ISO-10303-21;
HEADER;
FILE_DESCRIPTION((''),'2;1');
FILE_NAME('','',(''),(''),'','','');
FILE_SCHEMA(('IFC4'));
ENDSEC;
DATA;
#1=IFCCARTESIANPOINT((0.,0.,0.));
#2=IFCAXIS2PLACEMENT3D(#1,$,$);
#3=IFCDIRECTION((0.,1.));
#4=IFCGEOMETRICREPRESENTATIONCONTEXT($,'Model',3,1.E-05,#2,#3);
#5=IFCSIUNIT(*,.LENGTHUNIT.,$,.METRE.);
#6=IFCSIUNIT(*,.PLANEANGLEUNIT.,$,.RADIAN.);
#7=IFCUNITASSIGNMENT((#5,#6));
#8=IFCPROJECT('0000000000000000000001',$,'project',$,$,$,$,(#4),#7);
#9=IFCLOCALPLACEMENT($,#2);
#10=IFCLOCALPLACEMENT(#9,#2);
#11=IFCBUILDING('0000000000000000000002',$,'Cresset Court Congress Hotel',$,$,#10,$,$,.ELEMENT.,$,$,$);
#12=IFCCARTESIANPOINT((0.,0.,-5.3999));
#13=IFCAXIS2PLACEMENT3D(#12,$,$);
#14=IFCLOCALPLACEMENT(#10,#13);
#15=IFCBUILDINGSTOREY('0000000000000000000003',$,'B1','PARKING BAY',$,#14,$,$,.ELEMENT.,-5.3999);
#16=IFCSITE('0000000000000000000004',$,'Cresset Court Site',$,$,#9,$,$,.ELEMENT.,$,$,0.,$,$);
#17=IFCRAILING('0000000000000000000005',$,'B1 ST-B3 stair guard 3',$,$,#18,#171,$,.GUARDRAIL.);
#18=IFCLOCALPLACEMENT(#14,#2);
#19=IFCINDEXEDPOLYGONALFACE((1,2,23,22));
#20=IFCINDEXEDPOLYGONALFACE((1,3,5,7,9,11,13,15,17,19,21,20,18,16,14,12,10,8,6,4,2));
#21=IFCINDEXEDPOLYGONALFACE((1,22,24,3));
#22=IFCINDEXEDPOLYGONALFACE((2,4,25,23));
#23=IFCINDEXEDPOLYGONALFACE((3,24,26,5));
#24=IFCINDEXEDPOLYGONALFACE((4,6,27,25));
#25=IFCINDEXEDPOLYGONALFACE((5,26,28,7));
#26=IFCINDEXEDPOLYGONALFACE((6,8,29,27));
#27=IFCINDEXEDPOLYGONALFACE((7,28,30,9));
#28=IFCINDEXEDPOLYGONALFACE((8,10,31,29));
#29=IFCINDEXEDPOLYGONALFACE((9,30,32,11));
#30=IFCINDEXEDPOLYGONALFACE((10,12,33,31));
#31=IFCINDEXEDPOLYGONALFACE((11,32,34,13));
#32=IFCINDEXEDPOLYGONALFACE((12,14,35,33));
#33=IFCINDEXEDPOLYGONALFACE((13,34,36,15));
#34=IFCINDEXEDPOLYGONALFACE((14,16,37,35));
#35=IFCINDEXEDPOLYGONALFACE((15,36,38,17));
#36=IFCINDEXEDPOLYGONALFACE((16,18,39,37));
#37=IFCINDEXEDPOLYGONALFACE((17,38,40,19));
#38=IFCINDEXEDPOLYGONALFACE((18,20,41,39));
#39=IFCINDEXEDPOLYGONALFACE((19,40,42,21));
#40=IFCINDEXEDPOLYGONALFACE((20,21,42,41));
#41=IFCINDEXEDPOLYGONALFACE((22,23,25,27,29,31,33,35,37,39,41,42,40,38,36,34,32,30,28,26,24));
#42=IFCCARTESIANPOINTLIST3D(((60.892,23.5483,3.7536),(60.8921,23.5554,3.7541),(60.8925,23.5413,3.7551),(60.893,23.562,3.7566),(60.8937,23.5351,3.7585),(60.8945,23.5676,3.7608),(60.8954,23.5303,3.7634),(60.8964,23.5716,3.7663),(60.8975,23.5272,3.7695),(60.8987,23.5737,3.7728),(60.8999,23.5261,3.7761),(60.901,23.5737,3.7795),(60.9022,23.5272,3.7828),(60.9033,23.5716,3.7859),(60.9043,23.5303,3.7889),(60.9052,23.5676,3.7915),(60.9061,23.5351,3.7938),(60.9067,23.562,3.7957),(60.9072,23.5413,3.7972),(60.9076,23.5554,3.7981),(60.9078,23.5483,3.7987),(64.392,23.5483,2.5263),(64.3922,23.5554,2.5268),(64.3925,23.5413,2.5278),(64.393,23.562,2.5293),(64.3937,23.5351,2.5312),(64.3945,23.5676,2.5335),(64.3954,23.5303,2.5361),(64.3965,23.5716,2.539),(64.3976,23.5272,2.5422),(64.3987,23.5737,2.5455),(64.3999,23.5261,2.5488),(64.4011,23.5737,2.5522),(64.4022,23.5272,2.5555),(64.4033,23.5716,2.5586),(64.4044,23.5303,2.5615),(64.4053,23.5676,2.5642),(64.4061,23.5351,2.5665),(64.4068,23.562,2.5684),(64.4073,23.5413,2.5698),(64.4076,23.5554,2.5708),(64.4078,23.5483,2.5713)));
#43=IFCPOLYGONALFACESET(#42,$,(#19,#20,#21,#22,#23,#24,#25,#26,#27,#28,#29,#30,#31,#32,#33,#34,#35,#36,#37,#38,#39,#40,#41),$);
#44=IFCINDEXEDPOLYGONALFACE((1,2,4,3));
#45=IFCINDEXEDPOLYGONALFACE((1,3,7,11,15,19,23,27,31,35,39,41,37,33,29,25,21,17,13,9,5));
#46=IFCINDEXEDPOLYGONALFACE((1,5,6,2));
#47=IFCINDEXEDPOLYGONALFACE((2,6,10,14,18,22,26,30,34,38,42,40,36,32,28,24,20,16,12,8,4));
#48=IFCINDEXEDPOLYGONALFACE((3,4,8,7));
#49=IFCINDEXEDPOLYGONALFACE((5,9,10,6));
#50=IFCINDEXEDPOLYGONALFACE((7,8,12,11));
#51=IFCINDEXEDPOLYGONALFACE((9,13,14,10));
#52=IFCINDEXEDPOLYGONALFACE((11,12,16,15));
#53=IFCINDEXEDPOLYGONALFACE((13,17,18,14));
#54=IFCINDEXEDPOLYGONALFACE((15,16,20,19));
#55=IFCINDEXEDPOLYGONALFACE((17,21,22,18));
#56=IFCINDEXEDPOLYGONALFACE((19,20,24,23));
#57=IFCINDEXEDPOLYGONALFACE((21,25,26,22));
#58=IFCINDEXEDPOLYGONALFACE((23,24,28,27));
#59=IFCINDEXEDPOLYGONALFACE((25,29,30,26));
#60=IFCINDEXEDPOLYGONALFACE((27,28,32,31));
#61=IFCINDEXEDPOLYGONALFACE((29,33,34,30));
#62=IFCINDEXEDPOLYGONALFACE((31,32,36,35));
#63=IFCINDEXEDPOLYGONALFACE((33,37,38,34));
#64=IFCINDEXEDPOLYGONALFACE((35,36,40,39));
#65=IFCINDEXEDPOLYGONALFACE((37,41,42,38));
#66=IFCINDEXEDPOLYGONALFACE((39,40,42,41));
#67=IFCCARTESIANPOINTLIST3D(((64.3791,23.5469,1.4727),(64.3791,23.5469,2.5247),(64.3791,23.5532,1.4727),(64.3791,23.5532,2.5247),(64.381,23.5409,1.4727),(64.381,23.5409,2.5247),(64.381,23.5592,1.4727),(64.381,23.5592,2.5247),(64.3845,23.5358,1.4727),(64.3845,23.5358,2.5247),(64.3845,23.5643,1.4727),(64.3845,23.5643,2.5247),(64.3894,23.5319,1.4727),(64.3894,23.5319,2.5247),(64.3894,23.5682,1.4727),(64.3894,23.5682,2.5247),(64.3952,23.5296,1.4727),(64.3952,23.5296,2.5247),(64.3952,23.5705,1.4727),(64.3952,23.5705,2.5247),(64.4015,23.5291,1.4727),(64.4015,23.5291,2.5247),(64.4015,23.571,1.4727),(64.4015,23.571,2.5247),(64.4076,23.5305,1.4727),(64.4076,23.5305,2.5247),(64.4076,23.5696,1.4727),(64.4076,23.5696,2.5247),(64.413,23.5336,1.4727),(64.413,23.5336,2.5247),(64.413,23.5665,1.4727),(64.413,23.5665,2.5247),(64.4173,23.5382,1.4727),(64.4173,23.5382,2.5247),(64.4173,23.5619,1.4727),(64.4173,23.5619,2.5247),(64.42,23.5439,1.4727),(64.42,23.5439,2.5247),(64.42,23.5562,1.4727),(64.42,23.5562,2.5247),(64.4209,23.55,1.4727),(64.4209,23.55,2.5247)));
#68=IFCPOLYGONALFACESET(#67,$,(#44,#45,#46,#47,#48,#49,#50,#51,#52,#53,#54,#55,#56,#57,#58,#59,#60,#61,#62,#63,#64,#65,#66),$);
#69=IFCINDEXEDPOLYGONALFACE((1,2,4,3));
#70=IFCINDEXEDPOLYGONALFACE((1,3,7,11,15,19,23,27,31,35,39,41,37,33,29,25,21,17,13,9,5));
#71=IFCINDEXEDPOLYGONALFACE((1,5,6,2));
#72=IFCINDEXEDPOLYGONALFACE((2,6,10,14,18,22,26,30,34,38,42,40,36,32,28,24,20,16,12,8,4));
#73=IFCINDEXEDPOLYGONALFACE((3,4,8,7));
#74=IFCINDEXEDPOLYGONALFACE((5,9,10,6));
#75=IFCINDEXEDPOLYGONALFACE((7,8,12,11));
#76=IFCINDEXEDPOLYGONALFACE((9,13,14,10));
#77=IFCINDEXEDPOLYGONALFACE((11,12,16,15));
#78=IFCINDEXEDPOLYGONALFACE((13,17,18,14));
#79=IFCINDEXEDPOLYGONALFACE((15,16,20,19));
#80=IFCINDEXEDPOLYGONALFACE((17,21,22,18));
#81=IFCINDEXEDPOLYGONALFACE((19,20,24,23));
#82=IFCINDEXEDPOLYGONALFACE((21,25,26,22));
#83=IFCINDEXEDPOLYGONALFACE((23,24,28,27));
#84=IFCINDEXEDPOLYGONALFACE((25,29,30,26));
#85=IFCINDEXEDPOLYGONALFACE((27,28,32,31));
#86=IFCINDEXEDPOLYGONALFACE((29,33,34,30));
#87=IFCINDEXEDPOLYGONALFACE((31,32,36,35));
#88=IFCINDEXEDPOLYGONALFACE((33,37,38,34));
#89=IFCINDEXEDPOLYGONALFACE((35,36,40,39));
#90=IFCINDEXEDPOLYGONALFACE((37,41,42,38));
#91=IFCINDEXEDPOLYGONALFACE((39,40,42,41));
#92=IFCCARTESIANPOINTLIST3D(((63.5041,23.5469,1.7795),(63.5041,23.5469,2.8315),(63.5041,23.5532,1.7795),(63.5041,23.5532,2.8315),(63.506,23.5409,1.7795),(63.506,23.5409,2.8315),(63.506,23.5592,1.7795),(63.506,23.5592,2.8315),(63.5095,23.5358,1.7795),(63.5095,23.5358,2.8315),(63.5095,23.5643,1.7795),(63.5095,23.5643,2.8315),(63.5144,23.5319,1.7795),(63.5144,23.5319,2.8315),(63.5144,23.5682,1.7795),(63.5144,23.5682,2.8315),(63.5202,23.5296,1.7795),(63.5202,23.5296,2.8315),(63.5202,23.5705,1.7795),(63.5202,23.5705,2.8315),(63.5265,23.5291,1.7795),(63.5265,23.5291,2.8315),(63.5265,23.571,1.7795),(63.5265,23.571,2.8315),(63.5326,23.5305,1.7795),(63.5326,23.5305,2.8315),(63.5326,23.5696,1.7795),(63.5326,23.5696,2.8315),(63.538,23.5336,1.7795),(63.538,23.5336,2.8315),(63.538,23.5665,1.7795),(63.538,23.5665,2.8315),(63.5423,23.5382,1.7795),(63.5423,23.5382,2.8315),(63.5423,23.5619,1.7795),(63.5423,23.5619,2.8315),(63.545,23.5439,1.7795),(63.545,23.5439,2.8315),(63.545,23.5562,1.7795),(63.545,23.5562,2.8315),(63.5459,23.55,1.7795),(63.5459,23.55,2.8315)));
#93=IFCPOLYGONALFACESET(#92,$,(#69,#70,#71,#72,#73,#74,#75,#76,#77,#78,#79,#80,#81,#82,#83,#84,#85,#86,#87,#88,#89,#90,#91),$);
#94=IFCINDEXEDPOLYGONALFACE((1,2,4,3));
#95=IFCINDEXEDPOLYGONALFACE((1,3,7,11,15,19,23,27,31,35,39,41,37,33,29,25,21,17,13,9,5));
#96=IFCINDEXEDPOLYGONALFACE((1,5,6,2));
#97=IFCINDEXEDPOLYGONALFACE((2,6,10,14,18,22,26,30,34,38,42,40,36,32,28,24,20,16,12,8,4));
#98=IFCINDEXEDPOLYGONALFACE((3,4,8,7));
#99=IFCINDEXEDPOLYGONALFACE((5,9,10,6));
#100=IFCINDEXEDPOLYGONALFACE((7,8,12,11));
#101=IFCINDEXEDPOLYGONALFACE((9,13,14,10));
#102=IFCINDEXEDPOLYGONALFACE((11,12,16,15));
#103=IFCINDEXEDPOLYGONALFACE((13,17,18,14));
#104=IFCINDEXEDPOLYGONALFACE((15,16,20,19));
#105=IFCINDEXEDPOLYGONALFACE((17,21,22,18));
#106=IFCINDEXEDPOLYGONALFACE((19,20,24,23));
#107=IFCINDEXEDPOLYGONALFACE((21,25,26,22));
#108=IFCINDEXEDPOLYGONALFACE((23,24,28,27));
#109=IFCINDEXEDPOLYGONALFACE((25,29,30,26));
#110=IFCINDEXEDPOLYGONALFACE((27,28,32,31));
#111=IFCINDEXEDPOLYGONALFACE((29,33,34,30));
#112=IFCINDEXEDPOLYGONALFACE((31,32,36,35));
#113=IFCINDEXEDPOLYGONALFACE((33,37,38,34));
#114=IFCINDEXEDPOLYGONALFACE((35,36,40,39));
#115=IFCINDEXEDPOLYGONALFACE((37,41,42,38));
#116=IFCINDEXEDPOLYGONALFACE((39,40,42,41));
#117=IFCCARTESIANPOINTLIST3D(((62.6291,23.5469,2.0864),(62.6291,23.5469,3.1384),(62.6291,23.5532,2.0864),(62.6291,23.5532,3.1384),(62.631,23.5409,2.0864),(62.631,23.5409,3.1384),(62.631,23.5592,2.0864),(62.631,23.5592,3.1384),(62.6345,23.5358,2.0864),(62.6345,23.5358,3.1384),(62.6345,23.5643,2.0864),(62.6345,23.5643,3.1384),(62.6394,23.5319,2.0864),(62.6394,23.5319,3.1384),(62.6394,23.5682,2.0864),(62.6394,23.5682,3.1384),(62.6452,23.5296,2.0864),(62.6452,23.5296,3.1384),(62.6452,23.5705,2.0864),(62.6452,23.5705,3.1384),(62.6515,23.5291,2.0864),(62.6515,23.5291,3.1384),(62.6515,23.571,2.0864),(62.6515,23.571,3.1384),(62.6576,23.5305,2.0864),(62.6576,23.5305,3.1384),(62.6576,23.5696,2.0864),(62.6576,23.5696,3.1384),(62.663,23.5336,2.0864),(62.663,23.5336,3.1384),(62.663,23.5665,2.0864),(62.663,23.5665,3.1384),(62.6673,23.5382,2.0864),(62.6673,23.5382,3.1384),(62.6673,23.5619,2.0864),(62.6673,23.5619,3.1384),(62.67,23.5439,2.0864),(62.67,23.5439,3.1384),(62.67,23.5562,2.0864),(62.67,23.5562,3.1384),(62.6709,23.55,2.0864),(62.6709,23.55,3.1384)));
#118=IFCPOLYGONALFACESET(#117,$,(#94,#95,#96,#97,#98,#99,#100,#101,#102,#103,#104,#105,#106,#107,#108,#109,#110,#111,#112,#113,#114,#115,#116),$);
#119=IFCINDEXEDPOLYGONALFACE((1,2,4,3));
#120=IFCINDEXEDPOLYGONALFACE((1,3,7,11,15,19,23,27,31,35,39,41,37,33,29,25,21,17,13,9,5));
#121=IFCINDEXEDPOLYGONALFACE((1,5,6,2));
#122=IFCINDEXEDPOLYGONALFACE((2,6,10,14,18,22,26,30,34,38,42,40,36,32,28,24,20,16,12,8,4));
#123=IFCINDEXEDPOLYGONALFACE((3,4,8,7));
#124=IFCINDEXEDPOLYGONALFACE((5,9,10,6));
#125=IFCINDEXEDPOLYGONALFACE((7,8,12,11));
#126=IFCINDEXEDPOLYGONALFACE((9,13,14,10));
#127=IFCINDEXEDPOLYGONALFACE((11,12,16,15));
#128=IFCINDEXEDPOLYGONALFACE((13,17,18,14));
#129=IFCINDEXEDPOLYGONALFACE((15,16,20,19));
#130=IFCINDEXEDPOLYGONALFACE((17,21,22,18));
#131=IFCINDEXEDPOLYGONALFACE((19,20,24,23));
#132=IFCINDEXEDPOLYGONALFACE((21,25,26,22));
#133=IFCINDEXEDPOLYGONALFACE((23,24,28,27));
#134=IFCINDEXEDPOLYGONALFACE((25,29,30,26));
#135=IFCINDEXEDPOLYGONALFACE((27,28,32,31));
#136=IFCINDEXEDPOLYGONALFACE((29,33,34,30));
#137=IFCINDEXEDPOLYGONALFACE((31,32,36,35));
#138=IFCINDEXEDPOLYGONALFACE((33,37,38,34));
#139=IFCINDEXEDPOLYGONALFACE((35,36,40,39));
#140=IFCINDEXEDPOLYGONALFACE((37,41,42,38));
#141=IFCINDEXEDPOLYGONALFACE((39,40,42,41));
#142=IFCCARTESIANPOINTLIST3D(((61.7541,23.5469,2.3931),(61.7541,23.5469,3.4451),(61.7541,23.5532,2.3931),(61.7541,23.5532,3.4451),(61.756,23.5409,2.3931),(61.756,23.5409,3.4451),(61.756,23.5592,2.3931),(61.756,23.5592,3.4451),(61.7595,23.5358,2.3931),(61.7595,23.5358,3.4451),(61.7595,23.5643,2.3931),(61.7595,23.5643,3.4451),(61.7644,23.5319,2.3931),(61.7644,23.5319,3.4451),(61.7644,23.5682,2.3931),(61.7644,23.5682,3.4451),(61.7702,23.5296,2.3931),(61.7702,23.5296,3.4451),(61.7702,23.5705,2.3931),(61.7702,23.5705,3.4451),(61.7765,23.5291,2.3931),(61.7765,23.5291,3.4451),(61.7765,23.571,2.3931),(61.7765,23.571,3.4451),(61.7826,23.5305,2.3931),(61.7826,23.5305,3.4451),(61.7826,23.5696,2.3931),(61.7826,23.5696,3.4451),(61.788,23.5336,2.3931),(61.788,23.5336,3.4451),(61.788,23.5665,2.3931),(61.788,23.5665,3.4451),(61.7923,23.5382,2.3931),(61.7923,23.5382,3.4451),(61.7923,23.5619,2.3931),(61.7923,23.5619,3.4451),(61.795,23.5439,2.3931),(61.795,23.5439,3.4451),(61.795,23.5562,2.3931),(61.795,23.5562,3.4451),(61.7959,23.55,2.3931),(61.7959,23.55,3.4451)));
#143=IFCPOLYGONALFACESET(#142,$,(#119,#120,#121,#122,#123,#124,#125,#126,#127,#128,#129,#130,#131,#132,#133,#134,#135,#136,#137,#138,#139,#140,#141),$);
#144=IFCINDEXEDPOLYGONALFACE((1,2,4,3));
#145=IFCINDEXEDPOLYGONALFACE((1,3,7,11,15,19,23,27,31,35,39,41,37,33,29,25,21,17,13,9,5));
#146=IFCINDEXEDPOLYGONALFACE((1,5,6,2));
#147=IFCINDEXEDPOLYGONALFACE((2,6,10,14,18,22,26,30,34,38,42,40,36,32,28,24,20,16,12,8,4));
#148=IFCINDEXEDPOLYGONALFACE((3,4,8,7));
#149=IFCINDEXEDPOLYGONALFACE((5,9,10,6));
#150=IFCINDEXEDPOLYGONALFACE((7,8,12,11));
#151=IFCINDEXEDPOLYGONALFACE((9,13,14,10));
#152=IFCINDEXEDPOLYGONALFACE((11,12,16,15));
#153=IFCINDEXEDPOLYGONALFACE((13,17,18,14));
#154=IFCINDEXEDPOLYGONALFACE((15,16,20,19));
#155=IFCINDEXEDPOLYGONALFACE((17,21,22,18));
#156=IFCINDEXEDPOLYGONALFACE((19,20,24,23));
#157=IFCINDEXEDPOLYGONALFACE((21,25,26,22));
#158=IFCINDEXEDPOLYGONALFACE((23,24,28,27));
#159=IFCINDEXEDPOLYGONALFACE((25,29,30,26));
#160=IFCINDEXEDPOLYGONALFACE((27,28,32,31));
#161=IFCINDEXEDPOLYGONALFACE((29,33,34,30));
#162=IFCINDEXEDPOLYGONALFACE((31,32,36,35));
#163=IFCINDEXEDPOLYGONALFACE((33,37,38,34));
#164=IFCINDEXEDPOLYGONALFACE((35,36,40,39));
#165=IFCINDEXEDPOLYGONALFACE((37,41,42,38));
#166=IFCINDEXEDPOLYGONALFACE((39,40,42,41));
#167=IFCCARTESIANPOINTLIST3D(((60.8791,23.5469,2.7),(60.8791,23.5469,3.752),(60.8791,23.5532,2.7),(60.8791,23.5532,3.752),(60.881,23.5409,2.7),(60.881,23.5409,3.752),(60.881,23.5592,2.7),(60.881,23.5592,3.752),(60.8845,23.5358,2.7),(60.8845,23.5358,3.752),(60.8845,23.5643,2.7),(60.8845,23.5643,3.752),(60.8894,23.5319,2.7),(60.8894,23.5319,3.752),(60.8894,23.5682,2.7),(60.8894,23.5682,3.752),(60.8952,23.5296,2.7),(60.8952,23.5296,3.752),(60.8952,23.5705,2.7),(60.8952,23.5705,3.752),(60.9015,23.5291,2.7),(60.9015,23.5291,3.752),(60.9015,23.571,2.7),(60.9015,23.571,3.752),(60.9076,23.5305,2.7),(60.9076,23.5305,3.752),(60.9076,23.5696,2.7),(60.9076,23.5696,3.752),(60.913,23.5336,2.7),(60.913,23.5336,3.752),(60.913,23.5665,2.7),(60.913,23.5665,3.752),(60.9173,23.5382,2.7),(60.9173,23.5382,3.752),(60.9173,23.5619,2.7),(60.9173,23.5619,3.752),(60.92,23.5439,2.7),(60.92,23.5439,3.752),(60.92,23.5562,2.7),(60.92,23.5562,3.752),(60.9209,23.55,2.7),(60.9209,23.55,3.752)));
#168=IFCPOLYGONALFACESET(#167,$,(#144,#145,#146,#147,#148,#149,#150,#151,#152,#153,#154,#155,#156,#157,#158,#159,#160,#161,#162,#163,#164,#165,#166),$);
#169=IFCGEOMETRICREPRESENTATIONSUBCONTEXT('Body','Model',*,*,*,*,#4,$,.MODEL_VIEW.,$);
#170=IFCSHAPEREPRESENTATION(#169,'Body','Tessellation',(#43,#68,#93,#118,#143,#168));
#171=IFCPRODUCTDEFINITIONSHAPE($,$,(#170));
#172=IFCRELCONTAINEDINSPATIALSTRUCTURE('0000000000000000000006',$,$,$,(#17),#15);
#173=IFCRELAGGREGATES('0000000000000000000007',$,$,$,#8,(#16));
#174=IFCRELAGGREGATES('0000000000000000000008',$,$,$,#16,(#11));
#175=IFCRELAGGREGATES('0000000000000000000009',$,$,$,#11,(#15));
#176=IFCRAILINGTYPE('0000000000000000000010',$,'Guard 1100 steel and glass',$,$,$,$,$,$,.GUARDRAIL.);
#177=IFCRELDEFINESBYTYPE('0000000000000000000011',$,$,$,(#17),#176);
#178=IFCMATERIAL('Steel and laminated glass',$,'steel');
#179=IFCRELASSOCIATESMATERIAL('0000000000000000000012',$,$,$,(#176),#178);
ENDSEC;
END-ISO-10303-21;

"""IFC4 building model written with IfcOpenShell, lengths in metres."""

from ifc_helpers import new_model, si_unit, direction, frame, origin, origin_2d, place, context, subcontext, project, spatial, circle, extrude, material, type_object, element, save


model = new_model("IFC4")

# Units and contexts
model_context = context("Model", 3, precision=1e-05, world=origin(), true_north=direction((0.0, 1.0)))
body_context = subcontext(model_context, "Body", "Model", "MODEL_VIEW")
ifc_project = project(units=[si_unit("LENGTHUNIT", "METRE"), si_unit("PLANEANGLEUNIT", "RADIAN")], contexts=[model_context])

# Site, building, storey
site_placement = place(None, origin())
site = spatial("IfcSite", under=ifc_project, at=site_placement, Name="Cresset Court Site", CompositionType="ELEMENT", RefElevation=0.0)
building_placement = place(site_placement, origin())
building = spatial("IfcBuilding", under=site, at=building_placement, Name="Cresset Court Congress Hotel", CompositionType="ELEMENT")
storey_placement = place(building_placement, frame((0.0, 0.0, -5.3999)))
storey = spatial("IfcBuildingStorey", under=building, at=storey_placement, Name="B1", Description="PARKING BAY", CompositionType="ELEMENT", Elevation=-5.3999)

# Railing
ifc_material_1 = material(Name="Steel and laminated glass", Category="steel")
railing_type_1 = type_object("IfcRailingType", Name="Guard 1100 steel and glass", PredefinedType="GUARDRAIL", material=ifc_material_1)
railing_1_placement = place(storey_placement, frame((64.3999, 23.55, 1.4727)))
element("IfcRailing", 1, at=railing_1_placement, inside=storey, type_object=railing_type_1, Name="B1 ST-B3 stair guard 3", PredefinedType="GUARDRAIL", context=body_context, shape_type="SweptSolid", body=[
    extrude(circle(Radius=0.0239, at=origin_2d()), frame((0.0, 0.0, 1.0762), z_axis=(-0.943665, 0.0, 0.330902), x_axis=(0.0, -1.0, 0.0)), (0.0, 0.0, 1.0), 3.709),
    extrude(circle(Radius=0.021, at=origin_2d()), origin(), (0.0, 0.0, 1.0), 1.052),
    extrude(circle(Radius=0.021, at=origin_2d()), frame((-0.875, 0.0, 0.3069)), (0.0, 0.0, 1.0), 1.052),
    extrude(circle(Radius=0.021, at=origin_2d()), frame((-1.75, 0.0, 0.6138)), (0.0, 0.0, 1.0), 1.052),
    extrude(circle(Radius=0.021, at=origin_2d()), frame((-2.625, 0.0, 0.9204)), (0.0, 0.0, 1.0), 1.052),
    extrude(circle(Radius=0.021, at=origin_2d()), frame((-3.5, 0.0, 1.2273)), (0.0, 0.0, 1.0), 1.052),
])

save(model, "model.ifc")
